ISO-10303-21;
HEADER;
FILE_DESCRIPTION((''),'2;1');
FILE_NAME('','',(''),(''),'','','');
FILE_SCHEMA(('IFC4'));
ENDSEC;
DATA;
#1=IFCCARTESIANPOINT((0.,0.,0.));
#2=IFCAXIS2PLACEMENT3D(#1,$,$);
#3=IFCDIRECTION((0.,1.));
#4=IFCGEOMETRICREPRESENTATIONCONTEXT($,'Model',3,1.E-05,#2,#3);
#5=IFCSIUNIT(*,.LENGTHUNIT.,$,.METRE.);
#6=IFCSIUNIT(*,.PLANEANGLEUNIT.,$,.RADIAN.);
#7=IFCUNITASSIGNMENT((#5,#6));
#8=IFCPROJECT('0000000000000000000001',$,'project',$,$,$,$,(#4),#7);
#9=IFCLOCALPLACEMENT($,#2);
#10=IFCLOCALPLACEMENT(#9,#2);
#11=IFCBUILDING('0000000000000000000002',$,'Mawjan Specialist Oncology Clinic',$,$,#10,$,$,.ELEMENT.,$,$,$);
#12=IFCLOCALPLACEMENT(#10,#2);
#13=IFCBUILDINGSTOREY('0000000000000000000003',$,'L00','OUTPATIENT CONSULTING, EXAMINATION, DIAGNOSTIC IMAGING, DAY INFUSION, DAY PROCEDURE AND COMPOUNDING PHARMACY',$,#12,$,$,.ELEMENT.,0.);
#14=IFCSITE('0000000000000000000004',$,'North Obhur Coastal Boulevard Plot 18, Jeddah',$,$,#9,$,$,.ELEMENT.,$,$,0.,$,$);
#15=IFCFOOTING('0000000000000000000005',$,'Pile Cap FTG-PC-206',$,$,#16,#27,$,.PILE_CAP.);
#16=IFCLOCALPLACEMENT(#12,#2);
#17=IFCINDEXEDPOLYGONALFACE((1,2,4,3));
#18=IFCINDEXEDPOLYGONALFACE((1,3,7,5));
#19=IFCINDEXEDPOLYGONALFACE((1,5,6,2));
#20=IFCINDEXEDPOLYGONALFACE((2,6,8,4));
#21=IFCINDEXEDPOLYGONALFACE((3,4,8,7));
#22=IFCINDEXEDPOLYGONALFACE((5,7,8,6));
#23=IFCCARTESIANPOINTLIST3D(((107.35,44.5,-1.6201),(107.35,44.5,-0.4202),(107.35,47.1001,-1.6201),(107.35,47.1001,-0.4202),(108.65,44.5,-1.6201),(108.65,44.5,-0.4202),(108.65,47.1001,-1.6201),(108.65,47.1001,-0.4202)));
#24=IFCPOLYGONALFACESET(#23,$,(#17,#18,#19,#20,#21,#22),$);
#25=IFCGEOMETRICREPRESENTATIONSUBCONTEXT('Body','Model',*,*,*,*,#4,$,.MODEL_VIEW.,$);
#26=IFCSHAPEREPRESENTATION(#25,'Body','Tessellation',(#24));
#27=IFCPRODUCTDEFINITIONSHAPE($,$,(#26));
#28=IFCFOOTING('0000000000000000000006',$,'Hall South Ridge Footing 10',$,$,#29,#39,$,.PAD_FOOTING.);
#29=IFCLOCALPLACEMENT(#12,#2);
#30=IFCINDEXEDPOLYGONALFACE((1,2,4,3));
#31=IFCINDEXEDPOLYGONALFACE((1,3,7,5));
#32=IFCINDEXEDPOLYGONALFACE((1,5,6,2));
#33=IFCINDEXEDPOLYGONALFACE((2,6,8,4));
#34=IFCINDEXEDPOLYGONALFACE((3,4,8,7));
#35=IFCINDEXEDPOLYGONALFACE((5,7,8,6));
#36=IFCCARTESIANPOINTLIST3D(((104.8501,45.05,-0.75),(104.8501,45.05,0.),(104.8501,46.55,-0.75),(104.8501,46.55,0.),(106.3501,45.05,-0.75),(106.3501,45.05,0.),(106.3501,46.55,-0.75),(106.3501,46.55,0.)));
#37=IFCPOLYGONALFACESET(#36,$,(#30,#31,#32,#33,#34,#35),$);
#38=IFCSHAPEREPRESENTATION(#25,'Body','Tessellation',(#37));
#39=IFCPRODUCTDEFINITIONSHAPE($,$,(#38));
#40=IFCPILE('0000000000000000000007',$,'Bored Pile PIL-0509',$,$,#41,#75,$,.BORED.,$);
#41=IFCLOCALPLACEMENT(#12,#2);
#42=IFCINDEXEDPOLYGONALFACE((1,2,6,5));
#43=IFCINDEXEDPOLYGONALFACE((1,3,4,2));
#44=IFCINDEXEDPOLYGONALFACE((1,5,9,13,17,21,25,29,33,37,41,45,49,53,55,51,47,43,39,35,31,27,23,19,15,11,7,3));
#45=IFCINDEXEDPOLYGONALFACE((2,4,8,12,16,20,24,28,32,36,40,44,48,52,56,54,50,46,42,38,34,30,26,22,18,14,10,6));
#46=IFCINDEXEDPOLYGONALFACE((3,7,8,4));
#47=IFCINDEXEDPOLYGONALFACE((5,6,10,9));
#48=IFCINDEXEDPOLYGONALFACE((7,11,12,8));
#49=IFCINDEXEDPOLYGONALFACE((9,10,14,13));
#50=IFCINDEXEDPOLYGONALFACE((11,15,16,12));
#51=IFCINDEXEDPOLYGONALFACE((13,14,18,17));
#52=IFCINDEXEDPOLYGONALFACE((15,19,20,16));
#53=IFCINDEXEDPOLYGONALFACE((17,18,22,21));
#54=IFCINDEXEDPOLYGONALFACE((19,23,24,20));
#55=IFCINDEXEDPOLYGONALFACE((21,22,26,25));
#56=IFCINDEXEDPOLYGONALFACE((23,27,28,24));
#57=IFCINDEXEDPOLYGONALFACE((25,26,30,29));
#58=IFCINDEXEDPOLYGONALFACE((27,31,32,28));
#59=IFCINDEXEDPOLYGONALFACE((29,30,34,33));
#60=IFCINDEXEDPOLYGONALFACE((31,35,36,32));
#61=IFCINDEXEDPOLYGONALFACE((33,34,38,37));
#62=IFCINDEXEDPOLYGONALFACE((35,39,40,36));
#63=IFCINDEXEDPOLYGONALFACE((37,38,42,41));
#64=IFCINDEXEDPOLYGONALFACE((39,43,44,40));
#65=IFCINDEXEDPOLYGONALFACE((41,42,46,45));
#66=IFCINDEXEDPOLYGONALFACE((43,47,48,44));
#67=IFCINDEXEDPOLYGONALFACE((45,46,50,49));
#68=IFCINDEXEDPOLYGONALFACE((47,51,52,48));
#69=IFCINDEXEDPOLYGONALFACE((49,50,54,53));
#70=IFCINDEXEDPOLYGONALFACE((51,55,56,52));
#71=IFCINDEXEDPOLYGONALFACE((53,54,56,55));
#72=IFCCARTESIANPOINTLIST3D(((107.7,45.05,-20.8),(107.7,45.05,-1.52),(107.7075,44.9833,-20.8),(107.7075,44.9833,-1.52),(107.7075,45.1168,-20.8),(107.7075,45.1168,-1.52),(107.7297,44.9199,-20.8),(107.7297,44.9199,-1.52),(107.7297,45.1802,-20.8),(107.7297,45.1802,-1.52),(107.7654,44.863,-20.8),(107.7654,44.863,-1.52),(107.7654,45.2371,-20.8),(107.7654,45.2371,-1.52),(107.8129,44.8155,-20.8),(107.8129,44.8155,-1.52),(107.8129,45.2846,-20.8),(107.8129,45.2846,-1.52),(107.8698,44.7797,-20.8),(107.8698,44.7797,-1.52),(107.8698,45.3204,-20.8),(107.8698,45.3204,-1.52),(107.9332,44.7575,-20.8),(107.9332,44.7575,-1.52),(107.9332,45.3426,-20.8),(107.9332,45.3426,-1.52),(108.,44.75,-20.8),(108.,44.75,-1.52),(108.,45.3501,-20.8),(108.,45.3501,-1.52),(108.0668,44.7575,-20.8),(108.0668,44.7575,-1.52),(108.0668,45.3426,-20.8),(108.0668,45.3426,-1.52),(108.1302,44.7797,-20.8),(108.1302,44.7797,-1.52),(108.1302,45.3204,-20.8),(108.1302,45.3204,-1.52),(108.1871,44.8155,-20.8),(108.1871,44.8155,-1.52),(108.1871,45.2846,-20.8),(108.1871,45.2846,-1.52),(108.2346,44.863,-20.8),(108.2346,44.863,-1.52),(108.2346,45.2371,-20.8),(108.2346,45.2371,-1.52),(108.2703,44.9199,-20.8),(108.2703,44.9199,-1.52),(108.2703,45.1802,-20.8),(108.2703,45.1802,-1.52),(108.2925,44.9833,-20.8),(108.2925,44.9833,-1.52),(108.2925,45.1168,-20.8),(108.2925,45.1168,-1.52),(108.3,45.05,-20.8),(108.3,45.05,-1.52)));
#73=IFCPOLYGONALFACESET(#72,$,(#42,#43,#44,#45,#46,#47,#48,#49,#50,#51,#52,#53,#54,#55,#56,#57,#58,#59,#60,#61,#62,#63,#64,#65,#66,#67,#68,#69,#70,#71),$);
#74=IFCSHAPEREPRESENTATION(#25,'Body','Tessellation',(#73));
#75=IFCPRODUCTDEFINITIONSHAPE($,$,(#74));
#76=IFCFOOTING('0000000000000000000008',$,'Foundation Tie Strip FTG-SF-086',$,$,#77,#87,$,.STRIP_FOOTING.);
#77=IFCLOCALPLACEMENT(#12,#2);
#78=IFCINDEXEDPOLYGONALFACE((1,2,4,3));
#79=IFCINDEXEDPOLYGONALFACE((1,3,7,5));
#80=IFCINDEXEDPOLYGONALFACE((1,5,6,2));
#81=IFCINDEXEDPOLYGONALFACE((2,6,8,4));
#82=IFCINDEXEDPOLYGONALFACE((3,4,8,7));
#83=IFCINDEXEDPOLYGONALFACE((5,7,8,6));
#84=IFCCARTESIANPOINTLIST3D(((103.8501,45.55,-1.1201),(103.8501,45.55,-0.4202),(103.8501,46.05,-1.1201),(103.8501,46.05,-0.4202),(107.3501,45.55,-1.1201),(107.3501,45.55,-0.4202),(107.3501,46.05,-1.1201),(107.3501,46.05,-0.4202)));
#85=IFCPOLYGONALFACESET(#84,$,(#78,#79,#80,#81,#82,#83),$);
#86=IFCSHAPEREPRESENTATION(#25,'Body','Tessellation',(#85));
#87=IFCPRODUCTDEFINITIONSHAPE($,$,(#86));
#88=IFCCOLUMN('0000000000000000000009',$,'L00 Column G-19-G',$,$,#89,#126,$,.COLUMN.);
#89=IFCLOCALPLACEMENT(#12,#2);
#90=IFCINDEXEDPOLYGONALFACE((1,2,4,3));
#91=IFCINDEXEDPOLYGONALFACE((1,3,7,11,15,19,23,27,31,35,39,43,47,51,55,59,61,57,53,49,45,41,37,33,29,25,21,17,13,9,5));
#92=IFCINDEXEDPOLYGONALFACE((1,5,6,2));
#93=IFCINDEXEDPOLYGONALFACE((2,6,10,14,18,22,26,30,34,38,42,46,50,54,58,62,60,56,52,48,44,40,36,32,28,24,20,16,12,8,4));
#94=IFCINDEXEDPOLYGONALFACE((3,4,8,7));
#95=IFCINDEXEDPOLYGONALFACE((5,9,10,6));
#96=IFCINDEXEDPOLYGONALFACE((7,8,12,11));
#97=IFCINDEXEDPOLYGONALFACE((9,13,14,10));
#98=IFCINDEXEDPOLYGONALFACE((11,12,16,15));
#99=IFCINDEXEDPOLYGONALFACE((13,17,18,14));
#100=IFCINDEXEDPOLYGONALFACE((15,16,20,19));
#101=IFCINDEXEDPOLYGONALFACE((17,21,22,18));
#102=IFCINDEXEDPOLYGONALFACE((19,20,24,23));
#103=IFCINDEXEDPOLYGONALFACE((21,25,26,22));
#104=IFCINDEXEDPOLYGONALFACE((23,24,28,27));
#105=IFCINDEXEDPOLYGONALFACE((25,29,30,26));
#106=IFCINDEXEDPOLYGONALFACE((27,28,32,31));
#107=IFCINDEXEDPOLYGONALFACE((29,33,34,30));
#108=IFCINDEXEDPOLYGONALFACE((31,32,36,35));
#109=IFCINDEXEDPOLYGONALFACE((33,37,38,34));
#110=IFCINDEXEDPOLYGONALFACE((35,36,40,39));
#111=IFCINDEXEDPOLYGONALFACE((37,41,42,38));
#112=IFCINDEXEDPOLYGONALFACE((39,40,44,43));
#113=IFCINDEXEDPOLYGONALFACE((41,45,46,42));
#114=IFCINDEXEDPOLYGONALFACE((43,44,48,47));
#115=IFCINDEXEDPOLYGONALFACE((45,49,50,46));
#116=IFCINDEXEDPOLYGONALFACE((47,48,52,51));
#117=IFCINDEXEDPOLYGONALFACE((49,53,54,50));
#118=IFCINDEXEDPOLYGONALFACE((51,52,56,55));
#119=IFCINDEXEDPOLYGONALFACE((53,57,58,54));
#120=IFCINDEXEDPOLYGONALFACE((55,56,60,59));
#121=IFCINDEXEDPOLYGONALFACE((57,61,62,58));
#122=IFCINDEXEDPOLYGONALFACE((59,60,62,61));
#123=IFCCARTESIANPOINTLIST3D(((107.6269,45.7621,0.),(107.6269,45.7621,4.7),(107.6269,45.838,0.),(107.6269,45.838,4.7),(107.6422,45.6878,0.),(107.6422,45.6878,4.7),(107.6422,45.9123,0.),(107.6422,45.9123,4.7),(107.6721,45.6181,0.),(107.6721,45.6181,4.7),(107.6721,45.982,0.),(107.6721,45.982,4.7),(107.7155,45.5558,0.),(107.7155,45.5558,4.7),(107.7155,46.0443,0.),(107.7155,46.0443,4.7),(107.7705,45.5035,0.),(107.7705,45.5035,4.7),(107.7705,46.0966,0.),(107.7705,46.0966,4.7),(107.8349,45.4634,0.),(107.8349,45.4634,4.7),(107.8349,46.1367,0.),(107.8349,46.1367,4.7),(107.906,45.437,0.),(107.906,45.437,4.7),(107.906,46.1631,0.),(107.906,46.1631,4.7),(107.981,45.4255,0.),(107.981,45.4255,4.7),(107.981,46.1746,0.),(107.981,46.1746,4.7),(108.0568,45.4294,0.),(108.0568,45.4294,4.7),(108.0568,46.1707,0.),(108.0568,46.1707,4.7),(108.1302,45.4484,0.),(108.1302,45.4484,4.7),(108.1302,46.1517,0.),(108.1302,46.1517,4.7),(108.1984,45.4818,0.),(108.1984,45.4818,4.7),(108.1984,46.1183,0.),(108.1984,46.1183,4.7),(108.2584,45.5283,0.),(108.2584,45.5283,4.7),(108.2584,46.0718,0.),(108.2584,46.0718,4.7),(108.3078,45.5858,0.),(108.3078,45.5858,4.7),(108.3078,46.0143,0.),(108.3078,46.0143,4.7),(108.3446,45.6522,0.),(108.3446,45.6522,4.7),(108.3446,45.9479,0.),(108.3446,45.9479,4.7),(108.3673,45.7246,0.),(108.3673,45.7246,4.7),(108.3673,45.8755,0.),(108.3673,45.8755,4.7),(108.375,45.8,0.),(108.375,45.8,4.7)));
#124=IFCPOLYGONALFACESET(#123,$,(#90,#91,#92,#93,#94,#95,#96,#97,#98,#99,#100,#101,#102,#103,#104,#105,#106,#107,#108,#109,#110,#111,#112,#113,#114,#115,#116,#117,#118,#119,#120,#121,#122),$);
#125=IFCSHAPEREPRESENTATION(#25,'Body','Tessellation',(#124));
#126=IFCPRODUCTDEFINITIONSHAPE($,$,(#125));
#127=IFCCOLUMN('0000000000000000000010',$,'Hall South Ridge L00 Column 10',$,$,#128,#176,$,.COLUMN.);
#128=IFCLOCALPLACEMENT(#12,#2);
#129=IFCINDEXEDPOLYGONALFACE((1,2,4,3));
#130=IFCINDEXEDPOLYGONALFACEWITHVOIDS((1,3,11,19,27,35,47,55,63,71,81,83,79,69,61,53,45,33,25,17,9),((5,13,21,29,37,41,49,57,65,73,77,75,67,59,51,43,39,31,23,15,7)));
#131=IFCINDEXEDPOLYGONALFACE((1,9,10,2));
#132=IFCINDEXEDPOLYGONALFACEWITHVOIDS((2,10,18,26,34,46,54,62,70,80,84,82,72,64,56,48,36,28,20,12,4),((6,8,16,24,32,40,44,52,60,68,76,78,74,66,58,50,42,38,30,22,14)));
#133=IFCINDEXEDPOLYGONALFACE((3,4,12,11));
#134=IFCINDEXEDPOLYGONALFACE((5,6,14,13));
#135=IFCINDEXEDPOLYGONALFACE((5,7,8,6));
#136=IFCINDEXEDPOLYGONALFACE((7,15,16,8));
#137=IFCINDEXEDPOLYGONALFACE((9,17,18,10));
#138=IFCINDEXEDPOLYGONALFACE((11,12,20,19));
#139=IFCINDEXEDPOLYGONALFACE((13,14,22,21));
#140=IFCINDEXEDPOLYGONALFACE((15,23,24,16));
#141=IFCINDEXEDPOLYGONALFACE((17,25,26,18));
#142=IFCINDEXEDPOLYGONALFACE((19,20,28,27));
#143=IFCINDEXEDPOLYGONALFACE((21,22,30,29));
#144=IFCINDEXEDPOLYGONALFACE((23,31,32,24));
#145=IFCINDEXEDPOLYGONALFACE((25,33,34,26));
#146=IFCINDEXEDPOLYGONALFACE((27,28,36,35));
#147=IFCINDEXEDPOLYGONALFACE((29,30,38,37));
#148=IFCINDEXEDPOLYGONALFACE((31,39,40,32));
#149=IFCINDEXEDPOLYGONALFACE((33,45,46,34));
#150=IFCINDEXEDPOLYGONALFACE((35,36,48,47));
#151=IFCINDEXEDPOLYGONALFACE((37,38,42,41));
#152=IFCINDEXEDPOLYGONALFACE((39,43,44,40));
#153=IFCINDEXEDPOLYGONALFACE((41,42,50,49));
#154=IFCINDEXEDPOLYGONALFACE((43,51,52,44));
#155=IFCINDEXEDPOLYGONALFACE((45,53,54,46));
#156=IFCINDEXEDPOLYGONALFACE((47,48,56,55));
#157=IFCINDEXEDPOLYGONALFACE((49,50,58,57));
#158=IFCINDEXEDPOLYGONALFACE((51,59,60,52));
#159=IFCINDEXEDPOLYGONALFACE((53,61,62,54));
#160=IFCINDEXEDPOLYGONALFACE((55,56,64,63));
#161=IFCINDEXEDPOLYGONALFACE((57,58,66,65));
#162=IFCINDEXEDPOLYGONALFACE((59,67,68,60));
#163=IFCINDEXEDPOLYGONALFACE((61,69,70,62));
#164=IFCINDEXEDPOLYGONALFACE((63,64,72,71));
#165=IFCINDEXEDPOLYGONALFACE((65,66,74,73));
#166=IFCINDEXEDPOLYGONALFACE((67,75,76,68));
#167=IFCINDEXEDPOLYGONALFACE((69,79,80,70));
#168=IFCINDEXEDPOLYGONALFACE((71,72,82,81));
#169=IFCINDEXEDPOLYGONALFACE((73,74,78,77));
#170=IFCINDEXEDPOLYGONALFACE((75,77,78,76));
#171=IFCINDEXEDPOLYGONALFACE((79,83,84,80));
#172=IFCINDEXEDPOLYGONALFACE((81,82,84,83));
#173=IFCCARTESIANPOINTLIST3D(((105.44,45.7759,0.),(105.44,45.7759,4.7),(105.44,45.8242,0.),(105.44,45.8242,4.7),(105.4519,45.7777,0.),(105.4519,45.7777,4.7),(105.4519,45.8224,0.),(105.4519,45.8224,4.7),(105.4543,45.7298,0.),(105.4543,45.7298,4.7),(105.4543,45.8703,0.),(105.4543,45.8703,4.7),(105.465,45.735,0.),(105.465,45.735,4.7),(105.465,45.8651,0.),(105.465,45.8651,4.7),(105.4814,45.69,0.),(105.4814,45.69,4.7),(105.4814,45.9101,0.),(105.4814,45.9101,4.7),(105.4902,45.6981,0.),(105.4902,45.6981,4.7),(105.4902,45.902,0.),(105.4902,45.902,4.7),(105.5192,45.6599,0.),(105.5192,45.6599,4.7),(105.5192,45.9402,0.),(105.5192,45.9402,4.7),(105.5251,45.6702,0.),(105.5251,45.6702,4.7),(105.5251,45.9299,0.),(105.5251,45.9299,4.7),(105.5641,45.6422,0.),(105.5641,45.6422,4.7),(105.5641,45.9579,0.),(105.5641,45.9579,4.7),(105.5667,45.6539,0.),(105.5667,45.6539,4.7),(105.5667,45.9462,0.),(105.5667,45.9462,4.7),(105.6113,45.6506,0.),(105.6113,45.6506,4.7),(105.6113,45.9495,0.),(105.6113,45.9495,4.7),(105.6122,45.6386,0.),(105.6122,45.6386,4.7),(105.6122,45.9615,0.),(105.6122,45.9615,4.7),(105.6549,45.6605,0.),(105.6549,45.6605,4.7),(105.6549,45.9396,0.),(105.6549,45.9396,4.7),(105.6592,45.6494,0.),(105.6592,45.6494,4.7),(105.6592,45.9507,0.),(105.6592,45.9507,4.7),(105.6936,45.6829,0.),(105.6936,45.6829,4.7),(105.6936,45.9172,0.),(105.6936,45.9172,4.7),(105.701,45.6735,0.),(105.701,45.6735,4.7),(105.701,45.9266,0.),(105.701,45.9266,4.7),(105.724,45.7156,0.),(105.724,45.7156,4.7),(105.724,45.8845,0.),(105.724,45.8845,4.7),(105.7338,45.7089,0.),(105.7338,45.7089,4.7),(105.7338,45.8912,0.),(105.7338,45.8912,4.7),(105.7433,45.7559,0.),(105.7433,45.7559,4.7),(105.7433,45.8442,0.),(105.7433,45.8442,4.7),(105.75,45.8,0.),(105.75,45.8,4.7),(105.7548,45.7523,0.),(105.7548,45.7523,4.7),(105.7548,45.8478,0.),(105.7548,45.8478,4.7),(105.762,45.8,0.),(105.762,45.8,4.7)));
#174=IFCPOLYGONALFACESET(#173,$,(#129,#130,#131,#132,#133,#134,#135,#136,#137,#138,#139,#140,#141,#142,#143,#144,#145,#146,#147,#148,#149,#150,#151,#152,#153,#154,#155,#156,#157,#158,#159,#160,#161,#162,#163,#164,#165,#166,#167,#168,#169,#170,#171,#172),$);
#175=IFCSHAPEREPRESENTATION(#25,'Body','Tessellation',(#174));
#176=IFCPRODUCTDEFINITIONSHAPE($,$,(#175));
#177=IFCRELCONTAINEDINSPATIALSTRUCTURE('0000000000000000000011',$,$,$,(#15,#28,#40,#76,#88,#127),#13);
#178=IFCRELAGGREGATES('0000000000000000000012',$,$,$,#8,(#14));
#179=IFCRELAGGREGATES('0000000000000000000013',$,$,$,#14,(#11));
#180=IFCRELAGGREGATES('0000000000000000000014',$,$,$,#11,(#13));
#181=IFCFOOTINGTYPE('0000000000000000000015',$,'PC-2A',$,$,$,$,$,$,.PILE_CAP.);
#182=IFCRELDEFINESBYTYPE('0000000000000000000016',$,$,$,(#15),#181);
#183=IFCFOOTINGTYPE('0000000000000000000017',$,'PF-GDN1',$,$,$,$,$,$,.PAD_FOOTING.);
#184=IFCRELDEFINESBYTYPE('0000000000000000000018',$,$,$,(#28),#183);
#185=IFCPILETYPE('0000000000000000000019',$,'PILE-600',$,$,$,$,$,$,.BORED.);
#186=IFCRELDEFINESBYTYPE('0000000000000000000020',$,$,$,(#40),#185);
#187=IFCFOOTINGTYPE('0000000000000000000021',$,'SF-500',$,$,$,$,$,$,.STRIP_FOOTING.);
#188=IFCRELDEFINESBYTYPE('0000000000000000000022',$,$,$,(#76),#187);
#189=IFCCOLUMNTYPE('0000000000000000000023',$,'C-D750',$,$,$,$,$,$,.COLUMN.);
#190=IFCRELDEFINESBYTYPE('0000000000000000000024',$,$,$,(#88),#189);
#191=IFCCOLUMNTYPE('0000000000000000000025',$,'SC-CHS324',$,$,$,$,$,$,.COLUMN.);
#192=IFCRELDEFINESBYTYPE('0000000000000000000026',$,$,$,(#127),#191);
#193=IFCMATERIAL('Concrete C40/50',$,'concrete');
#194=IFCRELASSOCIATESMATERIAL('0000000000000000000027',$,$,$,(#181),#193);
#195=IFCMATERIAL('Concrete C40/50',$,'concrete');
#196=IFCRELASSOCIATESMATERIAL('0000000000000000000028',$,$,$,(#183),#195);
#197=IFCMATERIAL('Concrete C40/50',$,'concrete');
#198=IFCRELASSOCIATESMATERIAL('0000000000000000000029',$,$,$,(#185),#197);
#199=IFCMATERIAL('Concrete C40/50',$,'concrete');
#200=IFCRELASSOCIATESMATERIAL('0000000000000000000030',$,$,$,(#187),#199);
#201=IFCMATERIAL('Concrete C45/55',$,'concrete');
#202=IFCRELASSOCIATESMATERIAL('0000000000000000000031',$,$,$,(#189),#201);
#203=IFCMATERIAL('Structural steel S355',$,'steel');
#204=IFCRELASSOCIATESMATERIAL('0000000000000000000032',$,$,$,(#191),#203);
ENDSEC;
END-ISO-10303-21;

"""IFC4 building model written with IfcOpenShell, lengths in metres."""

from ifc_helpers import new_model, si_unit, direction, frame, origin, origin_2d, place, context, subcontext, project, spatial, rectangle, circle, hollow_circle, extrude, material, material_profile, profile_set, type_object, element, save


model = new_model("IFC4")

# Units and contexts
model_context = context("Model", 3, precision=1e-05, world=origin(), true_north=direction((0.0, 1.0)))
body_context = subcontext(model_context, "Body", "Model", "MODEL_VIEW")
ifc_project = project(units=[si_unit("LENGTHUNIT", "METRE"), si_unit("PLANEANGLEUNIT", "RADIAN")], contexts=[model_context])

# Site, building, storey
site_placement = place(None, origin())
site = spatial("IfcSite", under=ifc_project, at=site_placement, Name="North Obhur Coastal Boulevard Plot 18, Jeddah", CompositionType="ELEMENT", RefElevation=0.0)
building_placement = place(site_placement, origin())
building = spatial("IfcBuilding", under=site, at=building_placement, Name="Mawjan Specialist Oncology Clinic", CompositionType="ELEMENT")
storey_placement = place(building_placement, origin())
storey = spatial("IfcBuildingStorey", under=building, at=storey_placement, Name="L00", Description="OUTPATIENT CONSULTING, EXAMINATION, DIAGNOSTIC IMAGING, DAY INFUSION, DAY PROCEDURE AND COMPOUNDING PHARMACY", CompositionType="ELEMENT", Elevation=0.0)

# Footings
ifc_material_1 = material(Name="Concrete C40/50", Category="concrete")
footing_type_1 = type_object("IfcFootingType", Name="PC-2A", PredefinedType="PILE_CAP", material=ifc_material_1)
footing_1_placement = place(storey_placement, frame((108.0, 45.8, -1.6201), z_axis=(0.0, 0.0, 1.0), x_axis=(0.0, 1.0, 0.0)))
element("IfcFooting", 1, at=footing_1_placement, inside=storey, type_object=footing_type_1, Name="Pile Cap FTG-PC-206", PredefinedType="PILE_CAP", context=body_context, shape_type="SweptSolid", body=[
    extrude(rectangle(XDim=2.6001, YDim=1.3, at=origin_2d()), origin(), (0.0, 0.0, 1.0), 1.2),
])
ifc_material_2 = material(Name="Concrete C40/50", Category="concrete")
footing_type_2 = type_object("IfcFootingType", Name="PF-GDN1", PredefinedType="PAD_FOOTING", material=ifc_material_2)
footing_2_placement = place(storey_placement, frame((105.6001, 45.8, -0.75), z_axis=(0.0, 0.0, 1.0), x_axis=(1.0, 0.0, 0.0)))
element("IfcFooting", 2, at=footing_2_placement, inside=storey, type_object=footing_type_2, Name="Hall South Ridge Footing 10", PredefinedType="PAD_FOOTING", context=body_context, shape_type="SweptSolid", body=[
    extrude(rectangle(XDim=1.5, YDim=1.5, at=origin_2d()), origin(), (0.0, 0.0, 1.0), 0.75),
])

# Pile
ifc_material_3 = material(Name="Concrete C40/50", Category="concrete")
ifc_material_profile_1 = material_profile(ifc_material_3, circle(Radius=0.3, at=origin_2d()), Name="BORED PILE D600", Category="concrete")
ifc_profile_set_1 = profile_set([ifc_material_profile_1], Name="Concrete C40/50")
pile_type = type_object("IfcPileType", Name="PILE-600", PredefinedType="BORED", material=ifc_profile_set_1)
pile_placement = place(storey_placement, frame((108.0, 45.05, -1.52), z_axis=(0.0, 0.0, -1.0), x_axis=(1.0, 0.0, 0.0)))
element("IfcPile", 3, at=pile_placement, inside=storey, type_object=pile_type, Name="Bored Pile PIL-0509", PredefinedType="BORED", context=body_context, shape_type="SweptSolid", body=[
    extrude(circle(Radius=0.3, at=origin_2d()), origin(), (0.0, 0.0, 1.0), 19.28),
])

# Footing
ifc_material_4 = material(Name="Concrete C40/50", Category="concrete")
footing_type_3 = type_object("IfcFootingType", Name="SF-500", PredefinedType="STRIP_FOOTING", material=ifc_material_4)
footing_3_placement = place(storey_placement, frame((105.6001, 45.8, -1.1201), z_axis=(0.0, 0.0, 1.0), x_axis=(1.0, 0.0, 0.0)))
element("IfcFooting", 4, at=footing_3_placement, inside=storey, type_object=footing_type_3, Name="Foundation Tie Strip FTG-SF-086", PredefinedType="STRIP_FOOTING", context=body_context, shape_type="SweptSolid", body=[
    extrude(rectangle(XDim=3.5, YDim=0.5, at=origin_2d()), origin(), (0.0, 0.0, 1.0), 0.7),
])

# Columns
ifc_material_5 = material(Name="Concrete C45/55", Category="concrete")
ifc_material_profile_2 = material_profile(ifc_material_5, circle(Radius=0.375, at=origin_2d()), Name="RC COL D750", Category="concrete")
ifc_profile_set_2 = profile_set([ifc_material_profile_2], Name="Concrete C45/55")
column_type_1 = type_object("IfcColumnType", Name="C-D750", PredefinedType="COLUMN", material=ifc_profile_set_2)
column_1_placement = place(storey_placement, frame((108.0, 45.8, 0.0), z_axis=(0.0, 0.0, 1.0), x_axis=(1.0, 0.0, 0.0)))
element("IfcColumn", 5, at=column_1_placement, inside=storey, type_object=column_type_1, Name="L00 Column G-19-G", PredefinedType="COLUMN", context=body_context, shape_type="SweptSolid", body=[
    extrude(circle(Radius=0.375, at=origin_2d()), origin(), (0.0, 0.0, 1.0), 4.7),
])
ifc_material_6 = material(Name="Structural steel S355", Category="steel")
ifc_material_profile_3 = material_profile(ifc_material_6, hollow_circle(Radius=0.1619, WallThickness=0.012, at=origin_2d()), Name="CHS 323.9x12", Category="steel")
ifc_profile_set_3 = profile_set([ifc_material_profile_3], Name="Structural steel S355")
column_type_2 = type_object("IfcColumnType", Name="SC-CHS324", PredefinedType="COLUMN", material=ifc_profile_set_3)
column_2_placement = place(storey_placement, frame((105.6001, 45.8, 0.0), z_axis=(0.0, 0.0, 1.0), x_axis=(1.0, 0.0, 0.0)))
element("IfcColumn", 6, at=column_2_placement, inside=storey, type_object=column_type_2, Name="Hall South Ridge L00 Column 10", PredefinedType="COLUMN", context=body_context, shape_type="SweptSolid", body=[
    extrude(hollow_circle(Radius=0.1619, WallThickness=0.012, at=origin_2d()), origin(), (0.0, 0.0, 1.0), 4.7),
])

save(model, "model.ifc")
